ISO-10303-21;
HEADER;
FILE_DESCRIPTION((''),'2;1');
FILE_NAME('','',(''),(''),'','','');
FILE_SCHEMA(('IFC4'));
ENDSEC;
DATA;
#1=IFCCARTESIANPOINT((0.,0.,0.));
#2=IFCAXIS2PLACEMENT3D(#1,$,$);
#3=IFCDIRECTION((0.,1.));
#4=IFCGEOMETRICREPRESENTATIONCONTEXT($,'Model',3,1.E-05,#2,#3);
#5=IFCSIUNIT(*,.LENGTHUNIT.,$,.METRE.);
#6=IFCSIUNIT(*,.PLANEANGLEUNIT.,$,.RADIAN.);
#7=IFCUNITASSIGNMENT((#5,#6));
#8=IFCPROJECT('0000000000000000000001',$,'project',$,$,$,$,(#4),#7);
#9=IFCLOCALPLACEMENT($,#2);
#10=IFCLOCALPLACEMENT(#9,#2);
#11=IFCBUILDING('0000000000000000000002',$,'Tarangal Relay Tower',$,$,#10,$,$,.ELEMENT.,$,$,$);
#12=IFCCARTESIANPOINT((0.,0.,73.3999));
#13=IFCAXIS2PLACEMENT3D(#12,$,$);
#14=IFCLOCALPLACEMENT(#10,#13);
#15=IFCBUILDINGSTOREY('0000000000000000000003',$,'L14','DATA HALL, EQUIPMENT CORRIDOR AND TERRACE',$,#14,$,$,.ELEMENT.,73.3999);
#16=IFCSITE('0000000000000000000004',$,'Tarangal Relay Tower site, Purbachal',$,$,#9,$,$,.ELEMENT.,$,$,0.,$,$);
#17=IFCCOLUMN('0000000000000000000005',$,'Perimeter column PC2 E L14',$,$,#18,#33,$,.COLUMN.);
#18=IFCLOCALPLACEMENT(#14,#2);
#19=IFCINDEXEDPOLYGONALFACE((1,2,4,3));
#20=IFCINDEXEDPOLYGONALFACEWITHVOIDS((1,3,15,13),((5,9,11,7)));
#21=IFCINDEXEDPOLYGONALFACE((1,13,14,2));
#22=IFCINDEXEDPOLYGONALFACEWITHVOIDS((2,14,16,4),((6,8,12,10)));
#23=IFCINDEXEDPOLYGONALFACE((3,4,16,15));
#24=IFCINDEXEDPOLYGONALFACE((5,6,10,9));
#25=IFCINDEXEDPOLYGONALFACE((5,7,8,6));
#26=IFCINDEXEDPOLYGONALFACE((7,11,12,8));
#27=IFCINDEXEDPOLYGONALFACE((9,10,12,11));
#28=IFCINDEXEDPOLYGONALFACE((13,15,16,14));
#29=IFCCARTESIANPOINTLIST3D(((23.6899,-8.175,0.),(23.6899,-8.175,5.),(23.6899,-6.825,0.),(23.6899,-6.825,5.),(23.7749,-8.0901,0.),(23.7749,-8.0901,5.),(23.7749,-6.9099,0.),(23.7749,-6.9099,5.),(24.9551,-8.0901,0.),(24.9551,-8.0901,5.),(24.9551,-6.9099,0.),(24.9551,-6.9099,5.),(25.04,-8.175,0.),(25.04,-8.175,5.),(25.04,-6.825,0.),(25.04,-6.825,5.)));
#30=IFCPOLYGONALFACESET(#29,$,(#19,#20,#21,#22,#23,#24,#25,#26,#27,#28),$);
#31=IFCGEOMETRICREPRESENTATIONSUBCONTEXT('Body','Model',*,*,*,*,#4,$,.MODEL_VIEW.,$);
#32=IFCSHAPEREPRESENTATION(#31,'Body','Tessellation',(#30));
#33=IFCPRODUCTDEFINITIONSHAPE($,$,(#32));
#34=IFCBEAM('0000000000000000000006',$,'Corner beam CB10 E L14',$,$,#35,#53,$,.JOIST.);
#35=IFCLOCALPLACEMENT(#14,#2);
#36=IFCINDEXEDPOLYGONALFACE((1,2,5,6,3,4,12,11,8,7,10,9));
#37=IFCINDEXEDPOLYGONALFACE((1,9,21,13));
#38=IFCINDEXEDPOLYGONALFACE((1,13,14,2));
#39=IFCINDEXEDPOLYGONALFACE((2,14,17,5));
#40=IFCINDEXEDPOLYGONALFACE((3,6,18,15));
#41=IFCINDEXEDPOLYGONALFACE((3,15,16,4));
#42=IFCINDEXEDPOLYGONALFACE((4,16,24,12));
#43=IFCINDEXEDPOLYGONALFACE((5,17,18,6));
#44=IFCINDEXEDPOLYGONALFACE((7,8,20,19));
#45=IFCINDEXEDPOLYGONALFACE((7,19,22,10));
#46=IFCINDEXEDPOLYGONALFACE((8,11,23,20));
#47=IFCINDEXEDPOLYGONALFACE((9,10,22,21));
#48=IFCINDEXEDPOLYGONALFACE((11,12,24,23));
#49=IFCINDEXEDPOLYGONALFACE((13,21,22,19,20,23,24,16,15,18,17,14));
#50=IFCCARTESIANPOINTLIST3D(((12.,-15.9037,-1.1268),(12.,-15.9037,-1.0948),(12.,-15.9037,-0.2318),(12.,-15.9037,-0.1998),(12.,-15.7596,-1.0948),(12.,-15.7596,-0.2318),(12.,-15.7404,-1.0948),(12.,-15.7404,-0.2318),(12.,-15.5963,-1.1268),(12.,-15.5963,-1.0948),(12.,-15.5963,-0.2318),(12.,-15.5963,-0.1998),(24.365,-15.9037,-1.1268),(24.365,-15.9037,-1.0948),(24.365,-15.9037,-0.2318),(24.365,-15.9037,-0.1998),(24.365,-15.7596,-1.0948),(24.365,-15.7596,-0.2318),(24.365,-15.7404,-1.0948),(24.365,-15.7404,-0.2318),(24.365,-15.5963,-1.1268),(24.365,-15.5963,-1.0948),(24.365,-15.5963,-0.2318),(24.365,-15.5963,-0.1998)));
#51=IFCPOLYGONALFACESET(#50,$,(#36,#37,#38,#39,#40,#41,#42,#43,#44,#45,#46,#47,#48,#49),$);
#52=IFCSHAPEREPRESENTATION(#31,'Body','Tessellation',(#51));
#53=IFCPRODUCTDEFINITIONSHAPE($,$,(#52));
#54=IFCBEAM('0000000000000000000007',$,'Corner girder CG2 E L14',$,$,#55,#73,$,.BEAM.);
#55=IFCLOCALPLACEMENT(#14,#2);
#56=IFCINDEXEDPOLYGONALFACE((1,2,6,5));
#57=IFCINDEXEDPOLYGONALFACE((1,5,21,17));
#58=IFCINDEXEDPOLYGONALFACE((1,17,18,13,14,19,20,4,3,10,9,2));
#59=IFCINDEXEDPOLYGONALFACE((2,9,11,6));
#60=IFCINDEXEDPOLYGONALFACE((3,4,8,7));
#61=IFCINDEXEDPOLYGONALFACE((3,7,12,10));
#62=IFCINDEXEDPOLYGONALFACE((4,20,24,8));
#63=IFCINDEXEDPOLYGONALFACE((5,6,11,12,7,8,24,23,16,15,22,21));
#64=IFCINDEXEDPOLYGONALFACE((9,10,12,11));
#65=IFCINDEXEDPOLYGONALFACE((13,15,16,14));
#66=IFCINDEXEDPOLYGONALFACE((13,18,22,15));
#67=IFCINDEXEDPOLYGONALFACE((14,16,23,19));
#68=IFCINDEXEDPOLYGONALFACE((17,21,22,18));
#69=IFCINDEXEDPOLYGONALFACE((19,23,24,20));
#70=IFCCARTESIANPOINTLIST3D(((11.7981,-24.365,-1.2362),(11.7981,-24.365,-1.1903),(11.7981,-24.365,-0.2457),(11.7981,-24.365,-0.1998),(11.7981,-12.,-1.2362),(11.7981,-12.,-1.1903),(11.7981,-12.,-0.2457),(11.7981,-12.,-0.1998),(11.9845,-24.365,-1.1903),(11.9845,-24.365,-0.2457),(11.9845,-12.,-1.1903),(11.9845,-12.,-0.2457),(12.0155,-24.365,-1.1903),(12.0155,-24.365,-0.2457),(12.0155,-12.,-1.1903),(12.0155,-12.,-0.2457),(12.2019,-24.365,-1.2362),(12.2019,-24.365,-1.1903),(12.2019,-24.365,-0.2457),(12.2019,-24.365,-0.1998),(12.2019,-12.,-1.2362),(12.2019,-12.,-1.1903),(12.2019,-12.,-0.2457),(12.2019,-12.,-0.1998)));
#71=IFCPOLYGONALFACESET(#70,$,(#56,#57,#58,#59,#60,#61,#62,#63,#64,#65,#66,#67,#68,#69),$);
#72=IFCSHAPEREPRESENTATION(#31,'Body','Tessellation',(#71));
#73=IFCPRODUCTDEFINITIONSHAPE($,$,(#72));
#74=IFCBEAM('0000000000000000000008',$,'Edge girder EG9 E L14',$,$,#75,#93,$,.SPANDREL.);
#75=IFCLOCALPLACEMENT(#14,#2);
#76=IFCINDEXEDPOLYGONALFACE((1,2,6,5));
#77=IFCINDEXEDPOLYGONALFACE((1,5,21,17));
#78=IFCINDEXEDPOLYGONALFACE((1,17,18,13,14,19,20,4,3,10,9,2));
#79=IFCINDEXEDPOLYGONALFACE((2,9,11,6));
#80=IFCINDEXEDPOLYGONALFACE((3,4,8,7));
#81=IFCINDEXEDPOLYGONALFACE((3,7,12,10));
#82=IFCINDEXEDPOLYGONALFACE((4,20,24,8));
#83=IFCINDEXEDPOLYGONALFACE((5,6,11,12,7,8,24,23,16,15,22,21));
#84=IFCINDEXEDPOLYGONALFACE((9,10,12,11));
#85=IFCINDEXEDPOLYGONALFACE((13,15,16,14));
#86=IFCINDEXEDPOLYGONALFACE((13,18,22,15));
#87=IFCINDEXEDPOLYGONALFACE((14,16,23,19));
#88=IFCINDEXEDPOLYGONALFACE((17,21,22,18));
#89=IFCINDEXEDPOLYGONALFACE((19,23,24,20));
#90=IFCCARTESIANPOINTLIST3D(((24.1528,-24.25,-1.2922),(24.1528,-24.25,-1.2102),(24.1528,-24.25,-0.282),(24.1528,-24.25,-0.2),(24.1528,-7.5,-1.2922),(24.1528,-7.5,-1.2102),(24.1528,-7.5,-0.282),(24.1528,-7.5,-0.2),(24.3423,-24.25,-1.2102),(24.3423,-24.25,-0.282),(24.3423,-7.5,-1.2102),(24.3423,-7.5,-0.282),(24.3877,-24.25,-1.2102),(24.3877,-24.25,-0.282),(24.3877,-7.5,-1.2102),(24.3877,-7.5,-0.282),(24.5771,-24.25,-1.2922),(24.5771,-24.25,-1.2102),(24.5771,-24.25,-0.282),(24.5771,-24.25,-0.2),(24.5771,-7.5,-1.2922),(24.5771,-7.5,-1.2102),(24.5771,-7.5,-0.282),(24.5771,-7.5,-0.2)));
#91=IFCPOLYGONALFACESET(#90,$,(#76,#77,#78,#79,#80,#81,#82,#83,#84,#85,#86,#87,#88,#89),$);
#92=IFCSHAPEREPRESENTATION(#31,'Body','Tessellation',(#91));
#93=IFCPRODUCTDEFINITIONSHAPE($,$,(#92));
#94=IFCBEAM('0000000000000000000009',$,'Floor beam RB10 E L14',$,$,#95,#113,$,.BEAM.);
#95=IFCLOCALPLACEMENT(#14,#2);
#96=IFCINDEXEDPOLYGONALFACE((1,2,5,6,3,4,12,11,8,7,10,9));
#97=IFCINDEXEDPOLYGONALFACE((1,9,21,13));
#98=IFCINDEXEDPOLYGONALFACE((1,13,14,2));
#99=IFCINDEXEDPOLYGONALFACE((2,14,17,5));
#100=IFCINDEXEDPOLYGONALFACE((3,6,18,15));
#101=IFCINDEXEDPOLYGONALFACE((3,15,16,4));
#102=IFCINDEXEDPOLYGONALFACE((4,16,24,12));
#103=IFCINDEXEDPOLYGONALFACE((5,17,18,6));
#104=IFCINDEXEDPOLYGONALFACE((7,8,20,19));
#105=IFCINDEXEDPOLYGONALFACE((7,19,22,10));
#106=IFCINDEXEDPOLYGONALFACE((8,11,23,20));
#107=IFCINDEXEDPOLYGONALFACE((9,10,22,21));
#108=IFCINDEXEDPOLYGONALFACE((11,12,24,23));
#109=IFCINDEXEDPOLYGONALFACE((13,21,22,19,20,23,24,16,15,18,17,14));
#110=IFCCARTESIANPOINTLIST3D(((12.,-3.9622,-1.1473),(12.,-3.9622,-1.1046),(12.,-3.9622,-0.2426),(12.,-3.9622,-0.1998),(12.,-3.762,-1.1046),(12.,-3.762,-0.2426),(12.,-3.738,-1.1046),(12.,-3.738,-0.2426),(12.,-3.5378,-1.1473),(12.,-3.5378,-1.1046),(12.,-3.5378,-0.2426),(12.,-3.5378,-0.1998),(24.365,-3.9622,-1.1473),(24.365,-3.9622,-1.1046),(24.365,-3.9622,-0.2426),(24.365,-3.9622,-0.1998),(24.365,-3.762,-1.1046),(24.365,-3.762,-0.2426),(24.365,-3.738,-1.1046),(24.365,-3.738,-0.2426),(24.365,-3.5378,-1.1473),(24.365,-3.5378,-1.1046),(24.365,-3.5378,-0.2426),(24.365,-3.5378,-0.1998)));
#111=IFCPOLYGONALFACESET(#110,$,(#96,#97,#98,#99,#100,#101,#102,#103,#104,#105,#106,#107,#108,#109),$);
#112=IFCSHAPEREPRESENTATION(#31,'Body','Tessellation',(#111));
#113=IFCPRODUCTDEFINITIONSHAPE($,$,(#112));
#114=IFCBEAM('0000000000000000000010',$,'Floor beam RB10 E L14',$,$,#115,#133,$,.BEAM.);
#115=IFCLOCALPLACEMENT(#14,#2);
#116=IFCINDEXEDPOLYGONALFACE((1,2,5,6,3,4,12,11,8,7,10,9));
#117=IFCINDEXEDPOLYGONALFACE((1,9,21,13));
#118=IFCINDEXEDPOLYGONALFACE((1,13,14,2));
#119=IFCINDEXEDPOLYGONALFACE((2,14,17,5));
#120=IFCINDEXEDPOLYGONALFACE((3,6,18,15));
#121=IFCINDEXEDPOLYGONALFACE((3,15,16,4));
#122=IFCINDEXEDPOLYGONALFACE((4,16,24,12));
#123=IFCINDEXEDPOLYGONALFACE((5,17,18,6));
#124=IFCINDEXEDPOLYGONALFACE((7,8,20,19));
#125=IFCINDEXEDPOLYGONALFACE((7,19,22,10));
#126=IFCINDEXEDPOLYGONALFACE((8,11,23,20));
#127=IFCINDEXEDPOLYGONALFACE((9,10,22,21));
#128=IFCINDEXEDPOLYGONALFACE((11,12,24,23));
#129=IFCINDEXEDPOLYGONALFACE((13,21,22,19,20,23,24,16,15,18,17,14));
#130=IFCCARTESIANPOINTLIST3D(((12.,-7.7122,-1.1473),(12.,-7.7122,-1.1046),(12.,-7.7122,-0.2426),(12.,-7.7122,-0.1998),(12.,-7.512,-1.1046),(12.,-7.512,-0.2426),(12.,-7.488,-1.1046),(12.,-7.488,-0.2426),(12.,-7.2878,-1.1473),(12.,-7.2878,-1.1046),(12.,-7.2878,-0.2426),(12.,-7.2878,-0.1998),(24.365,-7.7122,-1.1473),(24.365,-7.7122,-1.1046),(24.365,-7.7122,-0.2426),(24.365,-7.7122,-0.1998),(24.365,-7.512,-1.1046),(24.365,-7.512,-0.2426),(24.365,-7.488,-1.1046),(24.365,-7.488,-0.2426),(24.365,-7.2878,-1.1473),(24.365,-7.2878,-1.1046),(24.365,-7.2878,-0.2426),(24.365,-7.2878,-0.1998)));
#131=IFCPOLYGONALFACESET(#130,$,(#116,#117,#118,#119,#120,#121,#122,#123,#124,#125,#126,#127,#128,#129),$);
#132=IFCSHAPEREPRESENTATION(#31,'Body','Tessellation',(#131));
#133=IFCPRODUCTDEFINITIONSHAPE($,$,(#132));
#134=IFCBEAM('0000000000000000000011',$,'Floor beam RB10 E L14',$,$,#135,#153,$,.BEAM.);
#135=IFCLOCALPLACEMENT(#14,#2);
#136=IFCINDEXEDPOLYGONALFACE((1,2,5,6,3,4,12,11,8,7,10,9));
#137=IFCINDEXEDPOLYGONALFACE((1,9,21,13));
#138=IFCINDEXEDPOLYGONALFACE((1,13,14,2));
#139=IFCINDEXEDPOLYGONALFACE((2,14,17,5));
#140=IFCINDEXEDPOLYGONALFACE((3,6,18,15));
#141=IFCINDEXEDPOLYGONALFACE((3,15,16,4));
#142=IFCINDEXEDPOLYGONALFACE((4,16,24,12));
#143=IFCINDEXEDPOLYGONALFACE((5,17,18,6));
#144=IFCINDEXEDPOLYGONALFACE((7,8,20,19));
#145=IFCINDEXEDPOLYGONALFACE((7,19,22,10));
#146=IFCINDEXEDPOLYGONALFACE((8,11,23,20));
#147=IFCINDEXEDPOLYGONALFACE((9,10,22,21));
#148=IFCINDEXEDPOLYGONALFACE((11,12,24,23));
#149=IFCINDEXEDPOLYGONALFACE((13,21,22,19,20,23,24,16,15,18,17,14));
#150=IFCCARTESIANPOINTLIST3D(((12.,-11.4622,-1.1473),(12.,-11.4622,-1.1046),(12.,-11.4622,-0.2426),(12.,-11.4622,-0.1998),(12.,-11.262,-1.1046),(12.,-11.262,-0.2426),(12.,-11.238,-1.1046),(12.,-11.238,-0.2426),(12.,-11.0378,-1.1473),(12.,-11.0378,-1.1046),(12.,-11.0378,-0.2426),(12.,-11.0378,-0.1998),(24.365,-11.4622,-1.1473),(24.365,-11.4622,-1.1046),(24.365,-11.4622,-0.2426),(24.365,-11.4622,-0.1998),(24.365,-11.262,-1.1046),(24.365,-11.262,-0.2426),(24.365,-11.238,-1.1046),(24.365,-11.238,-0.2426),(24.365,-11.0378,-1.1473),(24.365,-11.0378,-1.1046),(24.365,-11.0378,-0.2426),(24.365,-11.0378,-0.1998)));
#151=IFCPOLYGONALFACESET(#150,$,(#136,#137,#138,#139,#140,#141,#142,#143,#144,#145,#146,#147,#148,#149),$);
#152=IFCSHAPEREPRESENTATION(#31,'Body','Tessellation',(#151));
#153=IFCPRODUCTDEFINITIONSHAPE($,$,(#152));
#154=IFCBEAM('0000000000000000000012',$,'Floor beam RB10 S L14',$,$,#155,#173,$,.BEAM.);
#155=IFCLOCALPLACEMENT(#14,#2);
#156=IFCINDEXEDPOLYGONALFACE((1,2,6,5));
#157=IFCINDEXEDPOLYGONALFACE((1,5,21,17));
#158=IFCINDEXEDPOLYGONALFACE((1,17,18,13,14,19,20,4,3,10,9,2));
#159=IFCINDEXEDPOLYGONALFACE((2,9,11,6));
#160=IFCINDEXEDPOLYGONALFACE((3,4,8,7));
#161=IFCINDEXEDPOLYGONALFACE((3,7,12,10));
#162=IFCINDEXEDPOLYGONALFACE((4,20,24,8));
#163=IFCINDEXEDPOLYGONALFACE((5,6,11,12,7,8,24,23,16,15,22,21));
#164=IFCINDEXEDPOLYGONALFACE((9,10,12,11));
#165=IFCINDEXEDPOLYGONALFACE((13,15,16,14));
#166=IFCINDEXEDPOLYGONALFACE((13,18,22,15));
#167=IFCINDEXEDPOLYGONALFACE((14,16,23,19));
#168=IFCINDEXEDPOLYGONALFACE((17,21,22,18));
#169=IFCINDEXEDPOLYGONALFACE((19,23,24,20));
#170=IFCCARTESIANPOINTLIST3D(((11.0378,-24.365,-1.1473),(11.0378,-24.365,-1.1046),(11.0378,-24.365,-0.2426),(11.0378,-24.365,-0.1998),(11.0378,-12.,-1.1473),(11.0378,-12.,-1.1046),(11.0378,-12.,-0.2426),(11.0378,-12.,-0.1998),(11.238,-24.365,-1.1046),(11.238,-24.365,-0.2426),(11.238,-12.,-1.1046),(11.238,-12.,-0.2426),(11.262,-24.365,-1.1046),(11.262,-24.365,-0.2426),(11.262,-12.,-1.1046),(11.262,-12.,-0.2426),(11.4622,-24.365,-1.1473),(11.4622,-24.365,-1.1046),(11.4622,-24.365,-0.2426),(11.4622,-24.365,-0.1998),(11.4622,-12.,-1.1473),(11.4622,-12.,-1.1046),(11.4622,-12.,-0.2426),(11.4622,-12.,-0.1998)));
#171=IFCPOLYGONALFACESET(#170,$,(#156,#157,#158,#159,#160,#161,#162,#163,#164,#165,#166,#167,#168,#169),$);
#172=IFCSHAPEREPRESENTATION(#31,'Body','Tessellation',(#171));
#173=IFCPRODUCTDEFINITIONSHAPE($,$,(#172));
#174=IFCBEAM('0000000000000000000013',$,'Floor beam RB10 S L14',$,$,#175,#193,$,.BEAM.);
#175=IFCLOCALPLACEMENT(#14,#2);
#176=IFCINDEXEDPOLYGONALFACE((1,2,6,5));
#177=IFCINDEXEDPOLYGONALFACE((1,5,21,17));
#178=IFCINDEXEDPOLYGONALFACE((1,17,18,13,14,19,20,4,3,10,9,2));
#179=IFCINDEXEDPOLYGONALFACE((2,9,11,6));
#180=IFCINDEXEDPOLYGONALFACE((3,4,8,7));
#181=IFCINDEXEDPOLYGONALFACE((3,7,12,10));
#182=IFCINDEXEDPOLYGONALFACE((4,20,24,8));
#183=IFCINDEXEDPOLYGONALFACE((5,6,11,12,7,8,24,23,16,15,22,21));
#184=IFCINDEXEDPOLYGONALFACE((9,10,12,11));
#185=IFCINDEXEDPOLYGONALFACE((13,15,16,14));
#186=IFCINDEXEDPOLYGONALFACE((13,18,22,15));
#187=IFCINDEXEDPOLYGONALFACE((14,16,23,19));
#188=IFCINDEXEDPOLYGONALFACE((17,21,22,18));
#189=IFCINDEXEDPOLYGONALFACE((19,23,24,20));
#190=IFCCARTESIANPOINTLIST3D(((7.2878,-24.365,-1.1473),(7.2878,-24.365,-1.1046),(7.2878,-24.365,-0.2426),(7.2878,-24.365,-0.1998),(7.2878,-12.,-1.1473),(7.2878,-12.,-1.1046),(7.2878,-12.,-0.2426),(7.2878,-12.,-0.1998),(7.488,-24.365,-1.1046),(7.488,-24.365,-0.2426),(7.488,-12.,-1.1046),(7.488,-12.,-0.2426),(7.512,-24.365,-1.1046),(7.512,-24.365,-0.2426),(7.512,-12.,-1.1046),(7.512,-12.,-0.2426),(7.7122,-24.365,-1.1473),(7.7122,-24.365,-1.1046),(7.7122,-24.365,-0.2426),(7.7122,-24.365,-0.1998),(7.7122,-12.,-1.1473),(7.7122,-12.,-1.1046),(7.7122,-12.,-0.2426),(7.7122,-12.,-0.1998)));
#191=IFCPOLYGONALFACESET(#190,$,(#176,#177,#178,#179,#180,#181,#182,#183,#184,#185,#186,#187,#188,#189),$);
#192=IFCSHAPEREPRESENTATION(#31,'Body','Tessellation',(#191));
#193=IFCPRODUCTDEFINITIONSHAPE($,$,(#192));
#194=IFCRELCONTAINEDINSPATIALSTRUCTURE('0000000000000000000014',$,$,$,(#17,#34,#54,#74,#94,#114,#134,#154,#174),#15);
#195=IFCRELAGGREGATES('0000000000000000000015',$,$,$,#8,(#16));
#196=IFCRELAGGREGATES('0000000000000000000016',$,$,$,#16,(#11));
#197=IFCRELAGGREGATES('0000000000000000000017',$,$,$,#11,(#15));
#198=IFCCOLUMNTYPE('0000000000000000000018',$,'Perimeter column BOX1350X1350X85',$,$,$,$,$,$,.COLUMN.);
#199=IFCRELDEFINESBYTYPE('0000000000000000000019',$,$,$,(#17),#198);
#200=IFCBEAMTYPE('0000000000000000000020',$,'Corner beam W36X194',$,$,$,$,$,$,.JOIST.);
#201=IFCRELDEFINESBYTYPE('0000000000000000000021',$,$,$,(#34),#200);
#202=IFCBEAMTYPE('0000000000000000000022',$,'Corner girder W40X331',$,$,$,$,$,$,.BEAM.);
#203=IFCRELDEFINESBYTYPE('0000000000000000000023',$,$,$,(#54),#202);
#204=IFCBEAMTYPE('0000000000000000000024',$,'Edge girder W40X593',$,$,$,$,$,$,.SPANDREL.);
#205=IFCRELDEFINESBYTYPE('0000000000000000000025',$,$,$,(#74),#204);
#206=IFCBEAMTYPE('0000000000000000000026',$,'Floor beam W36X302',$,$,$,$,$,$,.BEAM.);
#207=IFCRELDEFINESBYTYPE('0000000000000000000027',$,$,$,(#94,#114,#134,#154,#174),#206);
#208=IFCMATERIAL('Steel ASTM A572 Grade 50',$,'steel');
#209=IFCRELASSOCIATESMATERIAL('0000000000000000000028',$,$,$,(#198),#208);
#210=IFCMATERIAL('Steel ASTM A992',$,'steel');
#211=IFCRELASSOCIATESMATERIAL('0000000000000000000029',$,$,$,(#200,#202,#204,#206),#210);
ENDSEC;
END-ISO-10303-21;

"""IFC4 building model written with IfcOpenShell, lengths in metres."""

from ifc_helpers import new_model, si_unit, direction, frame, origin, origin_2d, place, context, subcontext, project, spatial, hollow_rectangle, i_section, extrude, material, material_profile, profile_set, type_object, element, save


model = new_model("IFC4")

# Units and contexts
model_context = context("Model", 3, precision=1e-05, world=origin(), true_north=direction((0.0, 1.0)))
body_context = subcontext(model_context, "Body", "Model", "MODEL_VIEW")
ifc_project = project(units=[si_unit("LENGTHUNIT", "METRE"), si_unit("PLANEANGLEUNIT", "RADIAN")], contexts=[model_context])

# Site, building, storey
site_placement = place(None, origin())
site = spatial("IfcSite", under=ifc_project, at=site_placement, Name="Tarangal Relay Tower site, Purbachal", CompositionType="ELEMENT", RefElevation=0.0)
building_placement = place(site_placement, origin())
building = spatial("IfcBuilding", under=site, at=building_placement, Name="Tarangal Relay Tower", CompositionType="ELEMENT")
storey_placement = place(building_placement, frame((0.0, 0.0, 73.3999)))
storey = spatial("IfcBuildingStorey", under=building, at=storey_placement, Name="L14", Description="DATA HALL, EQUIPMENT CORRIDOR AND TERRACE", CompositionType="ELEMENT", Elevation=73.3999)

# Column
ifc_material_1 = material(Name="Steel ASTM A572 Grade 50", Category="steel")
ifc_material_profile_1 = material_profile(ifc_material_1, hollow_rectangle(XDim=1.3501, YDim=1.3501, WallThickness=0.085, at=origin_2d()), Name="BOX1350X1350X85")
ifc_profile_set_1 = profile_set([ifc_material_profile_1], Name="Steel ASTM A572 Grade 50")
column_type = type_object("IfcColumnType", Name="Perimeter column BOX1350X1350X85", PredefinedType="COLUMN", material=ifc_profile_set_1)
column_placement = place(storey_placement, frame((24.365, -7.5, 0.0), z_axis=(0.0, 0.0, 1.0), x_axis=(1.0, 0.0, 0.0)))
element("IfcColumn", 1, at=column_placement, inside=storey, type_object=column_type, Name="Perimeter column PC2 E L14", PredefinedType="COLUMN", context=body_context, shape_type="SweptSolid", body=[
    extrude(hollow_rectangle(XDim=1.3501, YDim=1.3501, WallThickness=0.085, at=origin_2d()), origin(), (0.0, 0.0, 1.0), 5.0),
])

# Beams
ifc_material_2 = material(Name="Steel ASTM A992", Category="steel")
ifc_material_profile_2 = material_profile(ifc_material_2, i_section(OverallWidth=0.3074, OverallDepth=0.927, WebThickness=0.0193, FlangeThickness=0.032, at=origin_2d()), Name="W36X194")
ifc_profile_set_2 = profile_set([ifc_material_profile_2], Name="Steel ASTM A992")
beam_type_1 = type_object("IfcBeamType", Name="Corner beam W36X194", PredefinedType="JOIST", material=ifc_profile_set_2)
beam_1_placement = place(storey_placement, frame((12.0, -15.75, -0.6633), z_axis=(1.0, 0.0, 0.0), x_axis=(0.0, 1.0, 0.0)))
element("IfcBeam", 2, at=beam_1_placement, inside=storey, type_object=beam_type_1, Name="Corner beam CB10 E L14", PredefinedType="JOIST", context=body_context, shape_type="SweptSolid", body=[
    extrude(i_section(OverallWidth=0.3074, OverallDepth=0.927, WebThickness=0.0193, FlangeThickness=0.032, at=origin_2d()), origin(), (0.0, 0.0, 1.0), 12.365),
])
ifc_material_profile_3 = material_profile(ifc_material_2, i_section(OverallWidth=0.4038, OverallDepth=1.0364, WebThickness=0.031, FlangeThickness=0.0459, at=origin_2d()), Name="W40X331")
ifc_profile_set_3 = profile_set([ifc_material_profile_3], Name="Steel ASTM A992")
beam_type_2 = type_object("IfcBeamType", Name="Corner girder W40X331", PredefinedType="BEAM", material=ifc_profile_set_3)
beam_2_placement = place(storey_placement, frame((12.0, -12.0, -0.718), z_axis=(0.0, -1.0, 0.0), x_axis=(1.0, 0.0, 0.0)))
element("IfcBeam", 3, at=beam_2_placement, inside=storey, type_object=beam_type_2, Name="Corner girder CG2 E L14", PredefinedType="BEAM", context=body_context, shape_type="SweptSolid", body=[
    extrude(i_section(OverallWidth=0.4038, OverallDepth=1.0364, WebThickness=0.031, FlangeThickness=0.0459, at=origin_2d()), origin(), (0.0, 0.0, 1.0), 12.365),
])
ifc_material_profile_4 = material_profile(ifc_material_2, i_section(OverallWidth=0.4243, OverallDepth=1.0923, WebThickness=0.0454, FlangeThickness=0.082, at=origin_2d()), Name="W40X593")
ifc_profile_set_4 = profile_set([ifc_material_profile_4], Name="Steel ASTM A992")
beam_type_3 = type_object("IfcBeamType", Name="Edge girder W40X593", PredefinedType="SPANDREL", material=ifc_profile_set_4)
beam_3_placement = place(storey_placement, frame((24.365, -7.5, -0.7461), z_axis=(0.0, -1.0, 0.0), x_axis=(1.0, 0.0, 0.0)))
element("IfcBeam", 4, at=beam_3_placement, inside=storey, type_object=beam_type_3, Name="Edge girder EG9 E L14", PredefinedType="SPANDREL", context=body_context, shape_type="SweptSolid", body=[
    extrude(i_section(OverallWidth=0.4243, OverallDepth=1.0923, WebThickness=0.0454, FlangeThickness=0.082, at=origin_2d()), origin(), (0.0, 0.0, 1.0), 16.75),
])
ifc_material_profile_5 = material_profile(ifc_material_2, i_section(OverallWidth=0.4243, OverallDepth=0.9475, WebThickness=0.0239, FlangeThickness=0.0427, at=origin_2d()), Name="W36X302")
ifc_profile_set_5 = profile_set([ifc_material_profile_5], Name="Steel ASTM A992")
beam_type_4 = type_object("IfcBeamType", Name="Floor beam W36X302", PredefinedType="BEAM", material=ifc_profile_set_5)
for number, where, z_axis, x_axis, name in (
    (5, (12.0, -3.75, -0.6736), (1.0, 0.0, 0.0), (0.0, 1.0, 0.0), "Floor beam RB10 E L14"),
    (6, (12.0, -7.5, -0.6736), (1.0, 0.0, 0.0), (0.0, 1.0, 0.0), "Floor beam RB10 E L14"),
    (7, (12.0, -11.25, -0.6736), (1.0, 0.0, 0.0), (0.0, 1.0, 0.0), "Floor beam RB10 E L14"),
    (8, (11.25, -12.0, -0.6736), (0.0, -1.0, 0.0), (1.0, 0.0, 0.0), "Floor beam RB10 S L14"),
    (9, (7.5, -12.0, -0.6736), (0.0, -1.0, 0.0), (1.0, 0.0, 0.0), "Floor beam RB10 S L14"),
):
    element("IfcBeam", number, at=place(storey_placement, frame(where, z_axis=z_axis, x_axis=x_axis)), inside=storey, type_object=beam_type_4, Name=name, PredefinedType="BEAM", context=body_context, shape_type="SweptSolid", body=[
        extrude(i_section(OverallWidth=0.4243, OverallDepth=0.9475, WebThickness=0.0239, FlangeThickness=0.0427, at=origin_2d()), origin(), (0.0, 0.0, 1.0), 12.365),
    ])

save(model, "model.ifc")
